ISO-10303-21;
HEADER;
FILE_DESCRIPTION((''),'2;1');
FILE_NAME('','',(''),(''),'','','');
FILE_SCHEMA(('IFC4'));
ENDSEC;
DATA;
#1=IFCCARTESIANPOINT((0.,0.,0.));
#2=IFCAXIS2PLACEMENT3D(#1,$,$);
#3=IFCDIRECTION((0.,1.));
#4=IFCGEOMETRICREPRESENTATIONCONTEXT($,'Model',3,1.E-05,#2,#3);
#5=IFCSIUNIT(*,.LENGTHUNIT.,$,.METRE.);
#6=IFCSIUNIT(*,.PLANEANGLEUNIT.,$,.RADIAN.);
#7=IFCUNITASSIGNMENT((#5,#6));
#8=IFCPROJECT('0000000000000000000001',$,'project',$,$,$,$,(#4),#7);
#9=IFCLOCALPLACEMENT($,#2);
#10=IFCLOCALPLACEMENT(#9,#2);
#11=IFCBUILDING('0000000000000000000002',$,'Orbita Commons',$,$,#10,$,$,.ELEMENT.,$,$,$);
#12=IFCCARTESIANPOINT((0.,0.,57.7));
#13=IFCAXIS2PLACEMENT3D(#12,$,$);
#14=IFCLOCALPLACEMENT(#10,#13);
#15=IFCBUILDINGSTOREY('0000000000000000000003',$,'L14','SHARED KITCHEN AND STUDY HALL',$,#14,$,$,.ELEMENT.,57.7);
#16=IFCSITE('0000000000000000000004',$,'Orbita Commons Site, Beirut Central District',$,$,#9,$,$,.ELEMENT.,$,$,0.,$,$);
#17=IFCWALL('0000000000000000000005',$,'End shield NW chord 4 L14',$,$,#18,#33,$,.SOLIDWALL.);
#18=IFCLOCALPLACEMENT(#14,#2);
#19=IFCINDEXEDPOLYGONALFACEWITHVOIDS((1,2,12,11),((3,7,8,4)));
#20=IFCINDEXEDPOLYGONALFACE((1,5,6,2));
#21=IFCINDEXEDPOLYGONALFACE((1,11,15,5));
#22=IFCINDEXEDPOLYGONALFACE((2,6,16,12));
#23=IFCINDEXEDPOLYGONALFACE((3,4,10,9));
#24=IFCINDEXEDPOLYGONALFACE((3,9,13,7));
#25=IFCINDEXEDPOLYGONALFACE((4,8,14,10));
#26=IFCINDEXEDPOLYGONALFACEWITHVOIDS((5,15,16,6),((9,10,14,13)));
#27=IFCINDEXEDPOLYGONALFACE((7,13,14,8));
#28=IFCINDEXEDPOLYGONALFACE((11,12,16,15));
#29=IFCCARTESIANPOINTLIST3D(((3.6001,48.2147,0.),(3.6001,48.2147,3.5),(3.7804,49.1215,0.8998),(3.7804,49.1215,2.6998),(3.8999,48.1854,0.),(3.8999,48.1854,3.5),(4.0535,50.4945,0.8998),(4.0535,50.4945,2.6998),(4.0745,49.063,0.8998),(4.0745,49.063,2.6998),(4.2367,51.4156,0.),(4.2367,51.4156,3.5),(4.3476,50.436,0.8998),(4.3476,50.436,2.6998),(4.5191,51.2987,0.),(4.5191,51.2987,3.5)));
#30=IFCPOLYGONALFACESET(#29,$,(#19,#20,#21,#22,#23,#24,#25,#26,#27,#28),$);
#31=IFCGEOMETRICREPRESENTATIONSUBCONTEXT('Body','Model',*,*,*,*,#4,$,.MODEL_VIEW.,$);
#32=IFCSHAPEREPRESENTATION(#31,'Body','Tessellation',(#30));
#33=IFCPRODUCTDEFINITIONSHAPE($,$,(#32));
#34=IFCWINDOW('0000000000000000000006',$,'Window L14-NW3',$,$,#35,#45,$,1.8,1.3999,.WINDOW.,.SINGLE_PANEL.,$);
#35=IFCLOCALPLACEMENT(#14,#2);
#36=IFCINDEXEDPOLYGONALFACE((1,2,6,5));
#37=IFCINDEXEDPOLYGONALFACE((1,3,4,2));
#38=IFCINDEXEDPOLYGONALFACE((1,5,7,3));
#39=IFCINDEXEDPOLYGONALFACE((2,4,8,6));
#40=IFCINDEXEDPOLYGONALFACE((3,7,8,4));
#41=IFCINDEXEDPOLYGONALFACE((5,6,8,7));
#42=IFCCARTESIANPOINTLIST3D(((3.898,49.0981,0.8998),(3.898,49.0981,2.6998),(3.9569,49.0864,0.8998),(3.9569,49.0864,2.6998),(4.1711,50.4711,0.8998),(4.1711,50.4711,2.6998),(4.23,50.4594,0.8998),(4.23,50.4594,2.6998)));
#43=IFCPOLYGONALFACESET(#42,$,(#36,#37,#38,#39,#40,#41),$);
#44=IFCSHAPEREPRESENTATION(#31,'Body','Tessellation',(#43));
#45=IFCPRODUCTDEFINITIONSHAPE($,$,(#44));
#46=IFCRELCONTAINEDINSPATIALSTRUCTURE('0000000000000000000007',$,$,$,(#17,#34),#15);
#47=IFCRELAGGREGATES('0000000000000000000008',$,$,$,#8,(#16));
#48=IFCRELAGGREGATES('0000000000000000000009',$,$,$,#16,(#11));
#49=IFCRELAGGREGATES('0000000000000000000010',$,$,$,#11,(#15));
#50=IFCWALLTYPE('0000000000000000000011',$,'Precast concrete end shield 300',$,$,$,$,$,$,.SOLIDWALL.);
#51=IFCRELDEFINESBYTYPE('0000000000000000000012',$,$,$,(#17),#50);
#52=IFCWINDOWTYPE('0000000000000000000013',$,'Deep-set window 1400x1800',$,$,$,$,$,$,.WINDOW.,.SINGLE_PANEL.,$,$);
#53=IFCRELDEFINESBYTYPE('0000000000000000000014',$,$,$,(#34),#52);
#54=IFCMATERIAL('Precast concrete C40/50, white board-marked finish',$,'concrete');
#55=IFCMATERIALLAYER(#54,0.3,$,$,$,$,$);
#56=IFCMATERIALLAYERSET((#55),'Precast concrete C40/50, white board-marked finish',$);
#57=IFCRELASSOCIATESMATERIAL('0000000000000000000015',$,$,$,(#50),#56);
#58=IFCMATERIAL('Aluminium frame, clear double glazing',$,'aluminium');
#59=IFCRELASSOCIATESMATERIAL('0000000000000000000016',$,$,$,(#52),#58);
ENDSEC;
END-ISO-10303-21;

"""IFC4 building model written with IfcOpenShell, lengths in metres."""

from ifc_helpers import new_model, si_unit, direction, frame, frame_2d, origin, place, context, subcontext, project, spatial, polyline, rectangle, outline, extrude, material, layer, layer_set, type_object, element, fill, save


model = new_model("IFC4")

# Units and contexts
model_context = context("Model", 3, precision=1e-05, world=origin(), true_north=direction((0.0, 1.0)))
body_context = subcontext(model_context, "Body", "Model", "MODEL_VIEW")
ifc_project = project(units=[si_unit("LENGTHUNIT", "METRE"), si_unit("PLANEANGLEUNIT", "RADIAN")], contexts=[model_context])

# Site, building, storey
site_placement = place(None, origin())
site = spatial("IfcSite", under=ifc_project, at=site_placement, Name="Orbita Commons Site, Beirut Central District", CompositionType="ELEMENT", RefElevation=0.0)
building_placement = place(site_placement, origin())
building = spatial("IfcBuilding", under=site, at=building_placement, Name="Orbita Commons", CompositionType="ELEMENT")
storey_placement = place(building_placement, frame((0.0, 0.0, 57.7)))
storey = spatial("IfcBuildingStorey", under=building, at=storey_placement, Name="L14", Description="SHARED KITCHEN AND STUDY HALL", CompositionType="ELEMENT", Elevation=57.7)

# Wall, opening, window
ifc_material_1 = material(Name="Precast concrete C40/50, white board-marked finish", Category="concrete")
ifc_layer_1 = layer(ifc_material_1, 0.3)
ifc_layer_set_1 = layer_set([ifc_layer_1], Name="Precast concrete C40/50, white board-marked finish")
wall_type_1 = type_object("IfcWallType", Name="Precast concrete end shield 300", PredefinedType="SOLIDWALL", material=ifc_layer_set_1)
wall_1_placement = place(storey_placement, frame((4.3779, 51.3572, 0.0), z_axis=(0.0, 0.0, 1.0), x_axis=(-0.195066, -0.98079, 0.0)))
wall_1 = element("IfcWall", 1, at=wall_1_placement, inside=storey, type_object=wall_type_1, Name="End shield NW chord 4 L14", PredefinedType="SOLIDWALL", context=body_context, shape_type="SweptSolid", body=[
    extrude(outline(polyline([(-0.0298, -0.1499), (3.2339, -0.1499), (3.2041, 0.1499), (0.0298, 0.1499), (-0.0298, -0.1499)])), origin(), (0.0, 0.0, 1.0), 3.5),
])
opening_1_placement = place(wall_1_placement, frame((0.9094, 0.0, 0.8999)))
opening_1 = element("IfcOpeningElement", 2, at=opening_1_placement, cuts=wall_1, PredefinedType="OPENING", context=body_context, shape_type="SweptSolid", body=[
    extrude(rectangle(XDim=1.3999, YDim=1.8, at=frame_2d((0.7, 0.8999))), frame((0.0, 0.1599, 0.0), z_axis=(0.0, -1.0, 0.0), x_axis=(1.0, 0.0, 0.0)), (0.0, 0.0, 1.0), 0.3201),
])
ifc_material_2 = material(Name="Aluminium frame, clear double glazing", Category="aluminium")
window_type = type_object("IfcWindowType", Name="Deep-set window 1400x1800", PartitioningType="SINGLE_PANEL", PredefinedType="WINDOW", material=ifc_material_2)
window_placement = place(opening_1_placement, origin())
window = element("IfcWindow", 3, at=window_placement, inside=storey, type_object=window_type, Name="Window L14-NW3", OverallHeight=1.8, OverallWidth=1.3999, PartitioningType="SINGLE_PANEL", PredefinedType="WINDOW", context=body_context, shape_type="SweptSolid", body=[
    extrude(rectangle(XDim=1.3999, YDim=1.8, at=frame_2d((0.7, 0.8999))), frame((0.0, 0.03, 0.0), z_axis=(0.0, -1.0, 0.0), x_axis=(1.0, 0.0, 0.0)), (0.0, 0.0, 1.0), 0.0601),
])
fill(opening_1, window)

save(model, "model.ifc")
